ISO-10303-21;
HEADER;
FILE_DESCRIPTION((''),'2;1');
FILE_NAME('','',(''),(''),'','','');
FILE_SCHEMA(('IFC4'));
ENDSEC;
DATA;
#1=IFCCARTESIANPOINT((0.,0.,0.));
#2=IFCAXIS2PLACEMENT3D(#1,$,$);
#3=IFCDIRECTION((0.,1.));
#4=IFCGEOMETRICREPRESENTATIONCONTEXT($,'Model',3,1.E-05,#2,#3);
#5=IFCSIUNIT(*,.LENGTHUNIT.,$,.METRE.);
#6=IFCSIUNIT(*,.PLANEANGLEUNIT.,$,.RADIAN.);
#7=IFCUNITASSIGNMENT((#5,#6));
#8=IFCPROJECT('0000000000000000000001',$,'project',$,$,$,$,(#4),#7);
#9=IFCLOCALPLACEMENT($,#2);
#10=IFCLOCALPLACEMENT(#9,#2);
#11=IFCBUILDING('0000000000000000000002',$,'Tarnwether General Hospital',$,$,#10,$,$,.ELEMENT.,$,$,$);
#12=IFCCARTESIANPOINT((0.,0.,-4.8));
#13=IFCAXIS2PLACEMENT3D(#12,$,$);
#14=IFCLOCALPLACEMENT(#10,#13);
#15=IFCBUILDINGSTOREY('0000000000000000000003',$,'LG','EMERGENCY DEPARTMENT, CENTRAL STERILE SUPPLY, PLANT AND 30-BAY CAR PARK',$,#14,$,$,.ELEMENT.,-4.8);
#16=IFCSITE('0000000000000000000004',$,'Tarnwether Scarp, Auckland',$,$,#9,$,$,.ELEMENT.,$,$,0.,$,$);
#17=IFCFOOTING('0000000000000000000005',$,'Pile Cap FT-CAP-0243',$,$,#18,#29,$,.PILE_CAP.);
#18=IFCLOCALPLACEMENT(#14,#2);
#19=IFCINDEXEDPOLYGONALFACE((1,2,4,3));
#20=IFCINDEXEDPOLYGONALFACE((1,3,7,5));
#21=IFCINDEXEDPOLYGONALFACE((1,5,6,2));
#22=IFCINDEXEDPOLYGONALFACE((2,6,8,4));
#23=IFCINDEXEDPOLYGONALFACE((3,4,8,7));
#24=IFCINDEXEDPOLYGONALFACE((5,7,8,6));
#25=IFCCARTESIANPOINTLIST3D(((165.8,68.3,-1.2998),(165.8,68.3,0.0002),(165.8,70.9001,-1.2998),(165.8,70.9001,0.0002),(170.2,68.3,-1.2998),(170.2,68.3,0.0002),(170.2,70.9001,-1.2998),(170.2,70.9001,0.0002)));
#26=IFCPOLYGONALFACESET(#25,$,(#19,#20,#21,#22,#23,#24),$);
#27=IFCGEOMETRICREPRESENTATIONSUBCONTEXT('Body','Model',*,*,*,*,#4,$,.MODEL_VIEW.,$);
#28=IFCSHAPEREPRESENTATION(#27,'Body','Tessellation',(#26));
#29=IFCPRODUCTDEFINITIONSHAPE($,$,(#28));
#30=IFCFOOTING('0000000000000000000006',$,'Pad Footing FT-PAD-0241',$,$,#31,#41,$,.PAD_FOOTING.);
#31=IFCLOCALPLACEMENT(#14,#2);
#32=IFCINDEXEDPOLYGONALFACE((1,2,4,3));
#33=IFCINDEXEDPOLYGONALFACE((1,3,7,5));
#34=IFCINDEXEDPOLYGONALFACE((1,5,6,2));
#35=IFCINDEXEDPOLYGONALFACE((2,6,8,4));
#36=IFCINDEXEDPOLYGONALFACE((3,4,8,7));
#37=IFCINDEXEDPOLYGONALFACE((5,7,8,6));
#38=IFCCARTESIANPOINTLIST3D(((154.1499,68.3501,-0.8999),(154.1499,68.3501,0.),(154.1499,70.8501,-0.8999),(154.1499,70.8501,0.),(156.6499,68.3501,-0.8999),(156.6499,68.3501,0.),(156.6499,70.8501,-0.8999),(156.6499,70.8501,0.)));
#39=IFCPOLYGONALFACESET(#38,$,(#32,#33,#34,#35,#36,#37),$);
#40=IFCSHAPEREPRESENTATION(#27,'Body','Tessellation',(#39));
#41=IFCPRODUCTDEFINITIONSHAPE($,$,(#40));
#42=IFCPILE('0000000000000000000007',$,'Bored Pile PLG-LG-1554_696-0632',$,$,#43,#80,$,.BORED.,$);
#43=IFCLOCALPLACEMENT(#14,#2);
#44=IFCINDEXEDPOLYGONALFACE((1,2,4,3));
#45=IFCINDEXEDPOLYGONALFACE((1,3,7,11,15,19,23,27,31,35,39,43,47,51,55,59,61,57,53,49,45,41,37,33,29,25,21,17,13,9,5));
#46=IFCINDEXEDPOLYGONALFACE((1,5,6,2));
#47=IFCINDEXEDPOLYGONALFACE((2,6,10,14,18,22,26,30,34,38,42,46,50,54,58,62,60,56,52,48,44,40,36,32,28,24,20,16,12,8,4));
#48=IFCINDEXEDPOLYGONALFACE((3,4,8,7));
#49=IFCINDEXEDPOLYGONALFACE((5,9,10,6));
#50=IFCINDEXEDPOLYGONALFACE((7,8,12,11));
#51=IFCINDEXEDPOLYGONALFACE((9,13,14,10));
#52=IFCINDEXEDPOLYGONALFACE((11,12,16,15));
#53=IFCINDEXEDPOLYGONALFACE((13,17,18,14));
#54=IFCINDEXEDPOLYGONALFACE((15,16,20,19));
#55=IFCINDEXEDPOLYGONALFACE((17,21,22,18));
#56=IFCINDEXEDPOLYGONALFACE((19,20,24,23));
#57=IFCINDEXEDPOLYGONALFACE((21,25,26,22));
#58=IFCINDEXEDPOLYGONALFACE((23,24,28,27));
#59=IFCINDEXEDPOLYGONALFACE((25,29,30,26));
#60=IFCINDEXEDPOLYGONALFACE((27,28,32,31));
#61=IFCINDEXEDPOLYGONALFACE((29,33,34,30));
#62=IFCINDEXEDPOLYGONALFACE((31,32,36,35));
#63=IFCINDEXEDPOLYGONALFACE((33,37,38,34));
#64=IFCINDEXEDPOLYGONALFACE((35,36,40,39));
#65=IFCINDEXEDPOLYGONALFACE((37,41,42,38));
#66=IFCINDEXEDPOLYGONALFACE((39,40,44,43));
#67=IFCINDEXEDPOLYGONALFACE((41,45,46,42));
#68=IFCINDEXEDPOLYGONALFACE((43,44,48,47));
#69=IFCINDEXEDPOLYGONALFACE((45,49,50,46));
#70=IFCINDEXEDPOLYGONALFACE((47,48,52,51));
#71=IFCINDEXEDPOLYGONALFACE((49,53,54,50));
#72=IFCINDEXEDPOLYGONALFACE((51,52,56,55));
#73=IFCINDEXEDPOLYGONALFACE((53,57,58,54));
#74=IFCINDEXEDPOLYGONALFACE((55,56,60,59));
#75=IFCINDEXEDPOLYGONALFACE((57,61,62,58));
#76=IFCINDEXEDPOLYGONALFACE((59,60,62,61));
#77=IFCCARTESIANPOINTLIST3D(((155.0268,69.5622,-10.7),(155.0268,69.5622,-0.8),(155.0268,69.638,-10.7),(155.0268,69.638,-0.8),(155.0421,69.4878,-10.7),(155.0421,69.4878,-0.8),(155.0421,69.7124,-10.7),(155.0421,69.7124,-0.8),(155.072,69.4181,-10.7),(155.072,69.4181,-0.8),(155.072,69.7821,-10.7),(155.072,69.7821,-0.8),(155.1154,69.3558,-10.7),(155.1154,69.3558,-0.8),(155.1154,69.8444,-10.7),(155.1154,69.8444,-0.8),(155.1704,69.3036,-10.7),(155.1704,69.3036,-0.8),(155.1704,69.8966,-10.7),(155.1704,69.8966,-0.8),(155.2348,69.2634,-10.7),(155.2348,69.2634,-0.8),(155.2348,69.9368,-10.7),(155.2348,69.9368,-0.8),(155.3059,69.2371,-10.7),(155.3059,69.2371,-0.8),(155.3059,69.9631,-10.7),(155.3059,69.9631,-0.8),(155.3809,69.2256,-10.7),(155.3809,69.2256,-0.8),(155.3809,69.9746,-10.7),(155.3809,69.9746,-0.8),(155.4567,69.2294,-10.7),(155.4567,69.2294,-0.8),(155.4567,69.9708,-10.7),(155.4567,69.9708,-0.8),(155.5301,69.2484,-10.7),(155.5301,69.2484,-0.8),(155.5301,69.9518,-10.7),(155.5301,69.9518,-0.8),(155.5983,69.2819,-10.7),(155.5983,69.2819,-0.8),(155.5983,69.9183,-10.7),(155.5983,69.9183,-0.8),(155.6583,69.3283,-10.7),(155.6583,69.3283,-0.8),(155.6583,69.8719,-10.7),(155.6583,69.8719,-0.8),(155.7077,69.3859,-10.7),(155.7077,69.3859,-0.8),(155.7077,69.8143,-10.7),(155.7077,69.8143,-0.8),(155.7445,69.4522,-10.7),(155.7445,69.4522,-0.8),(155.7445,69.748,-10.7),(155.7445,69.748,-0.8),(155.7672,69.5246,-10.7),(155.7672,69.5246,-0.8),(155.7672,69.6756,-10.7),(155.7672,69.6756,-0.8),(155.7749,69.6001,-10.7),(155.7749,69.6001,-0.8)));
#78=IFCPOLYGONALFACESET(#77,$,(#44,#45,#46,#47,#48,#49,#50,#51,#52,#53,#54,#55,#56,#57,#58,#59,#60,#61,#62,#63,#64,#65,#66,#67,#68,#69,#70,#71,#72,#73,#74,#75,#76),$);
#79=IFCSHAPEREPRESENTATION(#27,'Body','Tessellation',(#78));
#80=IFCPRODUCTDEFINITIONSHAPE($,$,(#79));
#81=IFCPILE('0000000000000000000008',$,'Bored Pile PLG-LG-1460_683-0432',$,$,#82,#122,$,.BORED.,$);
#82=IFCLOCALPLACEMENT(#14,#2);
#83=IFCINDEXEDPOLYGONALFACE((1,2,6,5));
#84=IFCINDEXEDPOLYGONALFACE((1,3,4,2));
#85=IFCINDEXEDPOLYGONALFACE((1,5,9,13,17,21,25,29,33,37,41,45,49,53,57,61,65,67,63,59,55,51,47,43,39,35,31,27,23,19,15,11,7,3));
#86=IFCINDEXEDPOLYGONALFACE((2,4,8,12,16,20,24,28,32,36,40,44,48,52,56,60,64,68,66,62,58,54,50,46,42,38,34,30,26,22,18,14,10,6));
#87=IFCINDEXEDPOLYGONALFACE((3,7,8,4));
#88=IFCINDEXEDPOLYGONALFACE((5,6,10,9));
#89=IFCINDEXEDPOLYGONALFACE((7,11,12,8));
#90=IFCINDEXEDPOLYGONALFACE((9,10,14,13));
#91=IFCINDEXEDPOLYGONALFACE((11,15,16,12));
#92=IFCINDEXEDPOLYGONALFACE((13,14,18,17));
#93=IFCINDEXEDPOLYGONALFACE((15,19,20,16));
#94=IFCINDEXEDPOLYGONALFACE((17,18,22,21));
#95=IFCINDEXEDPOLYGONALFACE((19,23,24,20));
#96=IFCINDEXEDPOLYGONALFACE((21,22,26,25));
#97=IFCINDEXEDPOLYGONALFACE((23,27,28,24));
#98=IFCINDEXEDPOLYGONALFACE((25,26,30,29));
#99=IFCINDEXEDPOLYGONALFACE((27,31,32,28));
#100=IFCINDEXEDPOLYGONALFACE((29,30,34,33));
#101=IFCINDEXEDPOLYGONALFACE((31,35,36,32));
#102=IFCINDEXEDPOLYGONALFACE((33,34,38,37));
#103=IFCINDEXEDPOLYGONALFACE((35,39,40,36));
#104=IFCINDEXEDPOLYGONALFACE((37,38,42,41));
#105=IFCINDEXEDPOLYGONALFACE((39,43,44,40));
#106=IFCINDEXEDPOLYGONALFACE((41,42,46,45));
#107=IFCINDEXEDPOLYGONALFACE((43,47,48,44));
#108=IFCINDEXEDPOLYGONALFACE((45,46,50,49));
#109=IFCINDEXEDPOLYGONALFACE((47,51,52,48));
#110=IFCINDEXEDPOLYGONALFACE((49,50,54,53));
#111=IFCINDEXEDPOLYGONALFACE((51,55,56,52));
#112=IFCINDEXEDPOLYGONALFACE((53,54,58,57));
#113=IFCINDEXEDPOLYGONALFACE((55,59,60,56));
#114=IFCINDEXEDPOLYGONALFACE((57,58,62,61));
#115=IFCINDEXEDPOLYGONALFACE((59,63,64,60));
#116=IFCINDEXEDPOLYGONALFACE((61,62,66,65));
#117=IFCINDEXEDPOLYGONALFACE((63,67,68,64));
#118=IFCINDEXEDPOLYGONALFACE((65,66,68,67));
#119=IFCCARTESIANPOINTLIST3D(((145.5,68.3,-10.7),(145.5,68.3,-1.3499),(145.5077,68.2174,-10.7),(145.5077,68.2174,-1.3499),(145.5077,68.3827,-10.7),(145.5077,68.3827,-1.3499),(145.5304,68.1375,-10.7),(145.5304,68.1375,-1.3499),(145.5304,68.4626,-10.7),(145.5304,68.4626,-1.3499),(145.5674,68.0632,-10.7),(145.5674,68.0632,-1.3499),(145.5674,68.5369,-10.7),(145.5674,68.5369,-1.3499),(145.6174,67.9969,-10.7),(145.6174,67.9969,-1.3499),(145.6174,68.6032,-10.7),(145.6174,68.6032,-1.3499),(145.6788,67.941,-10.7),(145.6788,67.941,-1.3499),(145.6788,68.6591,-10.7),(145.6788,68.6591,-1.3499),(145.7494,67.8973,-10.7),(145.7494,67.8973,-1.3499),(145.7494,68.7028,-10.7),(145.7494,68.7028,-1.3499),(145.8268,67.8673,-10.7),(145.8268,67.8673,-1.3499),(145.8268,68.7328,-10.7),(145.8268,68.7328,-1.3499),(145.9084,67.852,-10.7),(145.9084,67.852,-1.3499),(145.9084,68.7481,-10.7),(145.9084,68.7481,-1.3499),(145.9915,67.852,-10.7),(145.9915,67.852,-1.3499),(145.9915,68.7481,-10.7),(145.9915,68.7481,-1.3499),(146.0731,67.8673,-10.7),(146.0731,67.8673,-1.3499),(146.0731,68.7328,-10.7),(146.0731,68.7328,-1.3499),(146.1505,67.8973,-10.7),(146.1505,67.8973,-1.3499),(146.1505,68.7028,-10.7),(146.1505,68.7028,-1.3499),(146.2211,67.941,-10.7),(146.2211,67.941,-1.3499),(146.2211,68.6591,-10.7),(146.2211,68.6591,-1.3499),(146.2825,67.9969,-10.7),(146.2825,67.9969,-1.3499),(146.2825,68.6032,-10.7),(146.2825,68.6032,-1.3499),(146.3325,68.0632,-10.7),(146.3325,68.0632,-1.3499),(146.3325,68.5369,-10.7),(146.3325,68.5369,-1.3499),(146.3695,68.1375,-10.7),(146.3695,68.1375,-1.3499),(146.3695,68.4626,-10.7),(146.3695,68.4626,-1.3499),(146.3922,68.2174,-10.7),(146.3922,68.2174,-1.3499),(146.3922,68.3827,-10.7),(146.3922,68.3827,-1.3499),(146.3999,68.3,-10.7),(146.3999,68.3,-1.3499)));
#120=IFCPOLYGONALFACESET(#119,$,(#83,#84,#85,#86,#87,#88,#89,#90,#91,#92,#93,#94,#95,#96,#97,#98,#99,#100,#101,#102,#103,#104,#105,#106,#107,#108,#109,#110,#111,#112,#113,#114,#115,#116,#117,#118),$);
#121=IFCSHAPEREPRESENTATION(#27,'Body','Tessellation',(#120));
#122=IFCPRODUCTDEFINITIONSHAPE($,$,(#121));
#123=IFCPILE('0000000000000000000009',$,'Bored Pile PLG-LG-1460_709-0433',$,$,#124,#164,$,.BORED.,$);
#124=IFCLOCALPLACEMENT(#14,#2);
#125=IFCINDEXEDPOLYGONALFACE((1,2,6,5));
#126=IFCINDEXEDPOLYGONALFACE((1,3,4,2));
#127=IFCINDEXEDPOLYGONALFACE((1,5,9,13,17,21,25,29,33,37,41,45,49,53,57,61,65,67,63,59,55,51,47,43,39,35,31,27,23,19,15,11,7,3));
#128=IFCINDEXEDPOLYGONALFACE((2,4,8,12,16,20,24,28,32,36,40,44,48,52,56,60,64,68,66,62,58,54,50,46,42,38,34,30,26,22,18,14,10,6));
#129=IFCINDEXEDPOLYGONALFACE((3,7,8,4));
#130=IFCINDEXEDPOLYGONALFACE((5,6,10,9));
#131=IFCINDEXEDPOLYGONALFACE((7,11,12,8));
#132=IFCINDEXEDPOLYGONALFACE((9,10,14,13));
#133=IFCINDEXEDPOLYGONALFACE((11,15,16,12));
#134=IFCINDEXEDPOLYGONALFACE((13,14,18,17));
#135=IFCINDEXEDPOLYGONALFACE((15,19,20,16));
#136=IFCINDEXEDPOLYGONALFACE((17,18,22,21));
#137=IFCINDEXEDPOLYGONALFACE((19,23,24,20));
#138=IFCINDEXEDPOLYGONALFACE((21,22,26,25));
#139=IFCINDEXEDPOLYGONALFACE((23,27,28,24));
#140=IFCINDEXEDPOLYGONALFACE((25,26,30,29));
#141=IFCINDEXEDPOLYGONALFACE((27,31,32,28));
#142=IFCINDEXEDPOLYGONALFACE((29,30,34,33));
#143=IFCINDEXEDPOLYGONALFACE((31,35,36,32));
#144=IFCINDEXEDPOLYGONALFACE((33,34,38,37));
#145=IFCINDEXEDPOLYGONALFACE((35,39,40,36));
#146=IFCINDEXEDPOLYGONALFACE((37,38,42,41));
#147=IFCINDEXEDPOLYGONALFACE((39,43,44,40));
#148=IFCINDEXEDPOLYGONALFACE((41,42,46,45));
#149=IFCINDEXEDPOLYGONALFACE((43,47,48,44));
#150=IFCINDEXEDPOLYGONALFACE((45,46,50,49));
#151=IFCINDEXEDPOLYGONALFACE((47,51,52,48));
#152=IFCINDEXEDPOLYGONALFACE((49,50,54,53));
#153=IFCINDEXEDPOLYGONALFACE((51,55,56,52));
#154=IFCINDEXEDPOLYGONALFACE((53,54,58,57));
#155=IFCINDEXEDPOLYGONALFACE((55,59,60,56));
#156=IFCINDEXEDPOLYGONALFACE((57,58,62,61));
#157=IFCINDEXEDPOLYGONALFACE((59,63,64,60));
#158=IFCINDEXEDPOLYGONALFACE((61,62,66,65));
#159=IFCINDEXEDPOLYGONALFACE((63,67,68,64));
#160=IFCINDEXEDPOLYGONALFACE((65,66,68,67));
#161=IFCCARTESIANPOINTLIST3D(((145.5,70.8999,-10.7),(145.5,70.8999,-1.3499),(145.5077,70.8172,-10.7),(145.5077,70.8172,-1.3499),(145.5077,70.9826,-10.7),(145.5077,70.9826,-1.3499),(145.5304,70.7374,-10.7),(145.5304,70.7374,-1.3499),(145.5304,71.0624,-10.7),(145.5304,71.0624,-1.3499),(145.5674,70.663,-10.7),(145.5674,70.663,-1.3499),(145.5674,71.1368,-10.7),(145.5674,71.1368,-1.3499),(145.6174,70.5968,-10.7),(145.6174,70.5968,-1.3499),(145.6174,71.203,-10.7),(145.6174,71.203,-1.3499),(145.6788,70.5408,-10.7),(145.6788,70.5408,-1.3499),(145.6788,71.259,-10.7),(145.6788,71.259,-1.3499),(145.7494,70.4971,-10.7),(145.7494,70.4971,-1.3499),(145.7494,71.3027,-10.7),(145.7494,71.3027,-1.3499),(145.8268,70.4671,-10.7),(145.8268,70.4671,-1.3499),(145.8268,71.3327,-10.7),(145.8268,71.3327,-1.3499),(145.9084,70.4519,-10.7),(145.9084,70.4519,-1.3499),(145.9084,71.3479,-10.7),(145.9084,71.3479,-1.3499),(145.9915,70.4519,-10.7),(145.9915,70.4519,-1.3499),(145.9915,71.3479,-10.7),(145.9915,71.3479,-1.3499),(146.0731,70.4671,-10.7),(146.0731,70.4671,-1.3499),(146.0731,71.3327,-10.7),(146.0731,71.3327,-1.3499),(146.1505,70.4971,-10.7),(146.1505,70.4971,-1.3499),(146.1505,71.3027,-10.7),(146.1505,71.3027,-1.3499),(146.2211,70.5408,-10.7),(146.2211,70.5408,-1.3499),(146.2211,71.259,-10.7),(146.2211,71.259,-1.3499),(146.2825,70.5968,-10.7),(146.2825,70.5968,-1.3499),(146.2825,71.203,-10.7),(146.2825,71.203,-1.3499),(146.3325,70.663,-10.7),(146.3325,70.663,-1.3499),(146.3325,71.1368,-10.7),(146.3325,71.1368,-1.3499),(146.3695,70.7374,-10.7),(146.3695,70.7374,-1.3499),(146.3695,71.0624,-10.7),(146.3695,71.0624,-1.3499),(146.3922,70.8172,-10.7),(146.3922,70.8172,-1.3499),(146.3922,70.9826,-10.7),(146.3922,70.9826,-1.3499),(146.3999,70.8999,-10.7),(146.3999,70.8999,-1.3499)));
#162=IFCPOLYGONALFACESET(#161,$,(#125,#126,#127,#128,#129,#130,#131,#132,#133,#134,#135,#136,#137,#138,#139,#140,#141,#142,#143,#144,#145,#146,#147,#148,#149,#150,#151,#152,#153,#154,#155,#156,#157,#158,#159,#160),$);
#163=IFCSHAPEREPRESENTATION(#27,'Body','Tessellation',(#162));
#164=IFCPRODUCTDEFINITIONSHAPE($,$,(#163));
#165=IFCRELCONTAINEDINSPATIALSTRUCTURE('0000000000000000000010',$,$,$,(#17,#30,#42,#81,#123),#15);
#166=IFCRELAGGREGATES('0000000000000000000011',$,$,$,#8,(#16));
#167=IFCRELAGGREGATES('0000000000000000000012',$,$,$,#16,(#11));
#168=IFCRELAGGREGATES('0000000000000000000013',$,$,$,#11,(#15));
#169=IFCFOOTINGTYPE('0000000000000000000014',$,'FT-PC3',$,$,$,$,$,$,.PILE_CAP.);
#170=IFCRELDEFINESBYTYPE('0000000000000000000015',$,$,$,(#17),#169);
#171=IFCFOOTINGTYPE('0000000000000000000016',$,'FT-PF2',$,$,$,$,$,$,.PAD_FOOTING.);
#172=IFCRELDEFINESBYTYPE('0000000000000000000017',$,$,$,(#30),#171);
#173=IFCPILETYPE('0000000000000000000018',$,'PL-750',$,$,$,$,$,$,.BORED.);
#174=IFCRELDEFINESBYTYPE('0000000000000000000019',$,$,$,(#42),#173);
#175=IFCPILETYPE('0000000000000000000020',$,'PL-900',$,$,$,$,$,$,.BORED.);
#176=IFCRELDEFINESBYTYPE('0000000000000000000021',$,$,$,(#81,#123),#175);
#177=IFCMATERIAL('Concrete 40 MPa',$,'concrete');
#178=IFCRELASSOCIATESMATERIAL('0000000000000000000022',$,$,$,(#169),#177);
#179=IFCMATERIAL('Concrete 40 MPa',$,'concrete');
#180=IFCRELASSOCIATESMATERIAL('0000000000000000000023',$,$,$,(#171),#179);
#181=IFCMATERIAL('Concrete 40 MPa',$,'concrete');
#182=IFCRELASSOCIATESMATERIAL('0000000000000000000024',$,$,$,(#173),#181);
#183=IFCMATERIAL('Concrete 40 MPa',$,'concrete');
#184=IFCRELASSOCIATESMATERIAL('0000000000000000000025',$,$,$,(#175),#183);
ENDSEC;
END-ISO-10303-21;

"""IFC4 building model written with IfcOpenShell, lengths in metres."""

from ifc_helpers import new_model, si_unit, direction, frame, origin, origin_2d, place, context, subcontext, project, spatial, rectangle, circle, extrude, material, material_profile, profile_set, type_object, element, save


model = new_model("IFC4")

# Units and contexts
model_context = context("Model", 3, precision=1e-05, world=origin(), true_north=direction((0.0, 1.0)))
body_context = subcontext(model_context, "Body", "Model", "MODEL_VIEW")
ifc_project = project(units=[si_unit("LENGTHUNIT", "METRE"), si_unit("PLANEANGLEUNIT", "RADIAN")], contexts=[model_context])

# Site, building, storey
site_placement = place(None, origin())
site = spatial("IfcSite", under=ifc_project, at=site_placement, Name="Tarnwether Scarp, Auckland", CompositionType="ELEMENT", RefElevation=0.0)
building_placement = place(site_placement, origin())
building = spatial("IfcBuilding", under=site, at=building_placement, Name="Tarnwether General Hospital", CompositionType="ELEMENT")
storey_placement = place(building_placement, frame((0.0, 0.0, -4.8)))
storey = spatial("IfcBuildingStorey", under=building, at=storey_placement, Name="LG", Description="EMERGENCY DEPARTMENT, CENTRAL STERILE SUPPLY, PLANT AND 30-BAY CAR PARK", CompositionType="ELEMENT", Elevation=-4.8)

# Footings
ifc_material_1 = material(Name="Concrete 40 MPa", Category="concrete")
footing_type_1 = type_object("IfcFootingType", Name="FT-PC3", PredefinedType="PILE_CAP", material=ifc_material_1)
footing_1_placement = place(storey_placement, frame((168.0, 69.6001, -1.2998), z_axis=(0.0, 0.0, 1.0), x_axis=(1.0, 0.0, 0.0)))
element("IfcFooting", 1, at=footing_1_placement, inside=storey, type_object=footing_type_1, Name="Pile Cap FT-CAP-0243", PredefinedType="PILE_CAP", context=body_context, shape_type="SweptSolid", body=[
    extrude(rectangle(XDim=4.3999, YDim=2.6001, at=origin_2d()), origin(), (0.0, 0.0, 1.0), 1.3),
])
ifc_material_2 = material(Name="Concrete 40 MPa", Category="concrete")
footing_type_2 = type_object("IfcFootingType", Name="FT-PF2", PredefinedType="PAD_FOOTING", material=ifc_material_2)
footing_2_placement = place(storey_placement, frame((155.3999, 69.6001, -0.8999), z_axis=(0.0, 0.0, 1.0), x_axis=(1.0, 0.0, 0.0)))
element("IfcFooting", 2, at=footing_2_placement, inside=storey, type_object=footing_type_2, Name="Pad Footing FT-PAD-0241", PredefinedType="PAD_FOOTING", context=body_context, shape_type="SweptSolid", body=[
    extrude(rectangle(XDim=2.5, YDim=2.5, at=origin_2d()), origin(), (0.0, 0.0, 1.0), 0.8999),
])

# Piles
ifc_material_3 = material(Name="Concrete 40 MPa", Category="concrete")
ifc_material_profile_1 = material_profile(ifc_material_3, circle(Radius=0.375, at=origin_2d()), Name="PILE-D750")
ifc_profile_set_1 = profile_set([ifc_material_profile_1], Name="Concrete 40 MPa")
pile_type_1 = type_object("IfcPileType", Name="PL-750", PredefinedType="BORED", material=ifc_profile_set_1)
pile_1_placement = place(storey_placement, frame((155.3999, 69.6001, -0.8), z_axis=(0.0, 0.0, -1.0), x_axis=(1.0, 0.0, 0.0)))
element("IfcPile", 3, at=pile_1_placement, inside=storey, type_object=pile_type_1, Name="Bored Pile PLG-LG-1554_696-0632", PredefinedType="BORED", context=body_context, shape_type="SweptSolid", body=[
    extrude(circle(Radius=0.375, at=origin_2d()), origin(), (0.0, 0.0, 1.0), 9.8999),
])
ifc_material_4 = material(Name="Concrete 40 MPa", Category="concrete")
ifc_material_profile_2 = material_profile(ifc_material_4, circle(Radius=0.45, at=origin_2d()), Name="PILE-D900")
ifc_profile_set_2 = profile_set([ifc_material_profile_2], Name="Concrete 40 MPa")
pile_type_2 = type_object("IfcPileType", Name="PL-900", PredefinedType="BORED", material=ifc_profile_set_2)
for number, where, z_axis, x_axis, name in (
    (4, (145.95, 68.3, -1.3499), (0.0, 0.0, -1.0), (1.0, 0.0, 0.0), "Bored Pile PLG-LG-1460_683-0432"),
    (5, (145.95, 70.8999, -1.3499), (0.0, 0.0, -1.0), (1.0, 0.0, 0.0), "Bored Pile PLG-LG-1460_709-0433"),
):
    element("IfcPile", number, at=place(storey_placement, frame(where, z_axis=z_axis, x_axis=x_axis)), inside=storey, type_object=pile_type_2, Name=name, PredefinedType="BORED", context=body_context, shape_type="SweptSolid", body=[
        extrude(circle(Radius=0.45, at=origin_2d()), origin(), (0.0, 0.0, 1.0), 9.3501),
    ])

save(model, "model.ifc")
